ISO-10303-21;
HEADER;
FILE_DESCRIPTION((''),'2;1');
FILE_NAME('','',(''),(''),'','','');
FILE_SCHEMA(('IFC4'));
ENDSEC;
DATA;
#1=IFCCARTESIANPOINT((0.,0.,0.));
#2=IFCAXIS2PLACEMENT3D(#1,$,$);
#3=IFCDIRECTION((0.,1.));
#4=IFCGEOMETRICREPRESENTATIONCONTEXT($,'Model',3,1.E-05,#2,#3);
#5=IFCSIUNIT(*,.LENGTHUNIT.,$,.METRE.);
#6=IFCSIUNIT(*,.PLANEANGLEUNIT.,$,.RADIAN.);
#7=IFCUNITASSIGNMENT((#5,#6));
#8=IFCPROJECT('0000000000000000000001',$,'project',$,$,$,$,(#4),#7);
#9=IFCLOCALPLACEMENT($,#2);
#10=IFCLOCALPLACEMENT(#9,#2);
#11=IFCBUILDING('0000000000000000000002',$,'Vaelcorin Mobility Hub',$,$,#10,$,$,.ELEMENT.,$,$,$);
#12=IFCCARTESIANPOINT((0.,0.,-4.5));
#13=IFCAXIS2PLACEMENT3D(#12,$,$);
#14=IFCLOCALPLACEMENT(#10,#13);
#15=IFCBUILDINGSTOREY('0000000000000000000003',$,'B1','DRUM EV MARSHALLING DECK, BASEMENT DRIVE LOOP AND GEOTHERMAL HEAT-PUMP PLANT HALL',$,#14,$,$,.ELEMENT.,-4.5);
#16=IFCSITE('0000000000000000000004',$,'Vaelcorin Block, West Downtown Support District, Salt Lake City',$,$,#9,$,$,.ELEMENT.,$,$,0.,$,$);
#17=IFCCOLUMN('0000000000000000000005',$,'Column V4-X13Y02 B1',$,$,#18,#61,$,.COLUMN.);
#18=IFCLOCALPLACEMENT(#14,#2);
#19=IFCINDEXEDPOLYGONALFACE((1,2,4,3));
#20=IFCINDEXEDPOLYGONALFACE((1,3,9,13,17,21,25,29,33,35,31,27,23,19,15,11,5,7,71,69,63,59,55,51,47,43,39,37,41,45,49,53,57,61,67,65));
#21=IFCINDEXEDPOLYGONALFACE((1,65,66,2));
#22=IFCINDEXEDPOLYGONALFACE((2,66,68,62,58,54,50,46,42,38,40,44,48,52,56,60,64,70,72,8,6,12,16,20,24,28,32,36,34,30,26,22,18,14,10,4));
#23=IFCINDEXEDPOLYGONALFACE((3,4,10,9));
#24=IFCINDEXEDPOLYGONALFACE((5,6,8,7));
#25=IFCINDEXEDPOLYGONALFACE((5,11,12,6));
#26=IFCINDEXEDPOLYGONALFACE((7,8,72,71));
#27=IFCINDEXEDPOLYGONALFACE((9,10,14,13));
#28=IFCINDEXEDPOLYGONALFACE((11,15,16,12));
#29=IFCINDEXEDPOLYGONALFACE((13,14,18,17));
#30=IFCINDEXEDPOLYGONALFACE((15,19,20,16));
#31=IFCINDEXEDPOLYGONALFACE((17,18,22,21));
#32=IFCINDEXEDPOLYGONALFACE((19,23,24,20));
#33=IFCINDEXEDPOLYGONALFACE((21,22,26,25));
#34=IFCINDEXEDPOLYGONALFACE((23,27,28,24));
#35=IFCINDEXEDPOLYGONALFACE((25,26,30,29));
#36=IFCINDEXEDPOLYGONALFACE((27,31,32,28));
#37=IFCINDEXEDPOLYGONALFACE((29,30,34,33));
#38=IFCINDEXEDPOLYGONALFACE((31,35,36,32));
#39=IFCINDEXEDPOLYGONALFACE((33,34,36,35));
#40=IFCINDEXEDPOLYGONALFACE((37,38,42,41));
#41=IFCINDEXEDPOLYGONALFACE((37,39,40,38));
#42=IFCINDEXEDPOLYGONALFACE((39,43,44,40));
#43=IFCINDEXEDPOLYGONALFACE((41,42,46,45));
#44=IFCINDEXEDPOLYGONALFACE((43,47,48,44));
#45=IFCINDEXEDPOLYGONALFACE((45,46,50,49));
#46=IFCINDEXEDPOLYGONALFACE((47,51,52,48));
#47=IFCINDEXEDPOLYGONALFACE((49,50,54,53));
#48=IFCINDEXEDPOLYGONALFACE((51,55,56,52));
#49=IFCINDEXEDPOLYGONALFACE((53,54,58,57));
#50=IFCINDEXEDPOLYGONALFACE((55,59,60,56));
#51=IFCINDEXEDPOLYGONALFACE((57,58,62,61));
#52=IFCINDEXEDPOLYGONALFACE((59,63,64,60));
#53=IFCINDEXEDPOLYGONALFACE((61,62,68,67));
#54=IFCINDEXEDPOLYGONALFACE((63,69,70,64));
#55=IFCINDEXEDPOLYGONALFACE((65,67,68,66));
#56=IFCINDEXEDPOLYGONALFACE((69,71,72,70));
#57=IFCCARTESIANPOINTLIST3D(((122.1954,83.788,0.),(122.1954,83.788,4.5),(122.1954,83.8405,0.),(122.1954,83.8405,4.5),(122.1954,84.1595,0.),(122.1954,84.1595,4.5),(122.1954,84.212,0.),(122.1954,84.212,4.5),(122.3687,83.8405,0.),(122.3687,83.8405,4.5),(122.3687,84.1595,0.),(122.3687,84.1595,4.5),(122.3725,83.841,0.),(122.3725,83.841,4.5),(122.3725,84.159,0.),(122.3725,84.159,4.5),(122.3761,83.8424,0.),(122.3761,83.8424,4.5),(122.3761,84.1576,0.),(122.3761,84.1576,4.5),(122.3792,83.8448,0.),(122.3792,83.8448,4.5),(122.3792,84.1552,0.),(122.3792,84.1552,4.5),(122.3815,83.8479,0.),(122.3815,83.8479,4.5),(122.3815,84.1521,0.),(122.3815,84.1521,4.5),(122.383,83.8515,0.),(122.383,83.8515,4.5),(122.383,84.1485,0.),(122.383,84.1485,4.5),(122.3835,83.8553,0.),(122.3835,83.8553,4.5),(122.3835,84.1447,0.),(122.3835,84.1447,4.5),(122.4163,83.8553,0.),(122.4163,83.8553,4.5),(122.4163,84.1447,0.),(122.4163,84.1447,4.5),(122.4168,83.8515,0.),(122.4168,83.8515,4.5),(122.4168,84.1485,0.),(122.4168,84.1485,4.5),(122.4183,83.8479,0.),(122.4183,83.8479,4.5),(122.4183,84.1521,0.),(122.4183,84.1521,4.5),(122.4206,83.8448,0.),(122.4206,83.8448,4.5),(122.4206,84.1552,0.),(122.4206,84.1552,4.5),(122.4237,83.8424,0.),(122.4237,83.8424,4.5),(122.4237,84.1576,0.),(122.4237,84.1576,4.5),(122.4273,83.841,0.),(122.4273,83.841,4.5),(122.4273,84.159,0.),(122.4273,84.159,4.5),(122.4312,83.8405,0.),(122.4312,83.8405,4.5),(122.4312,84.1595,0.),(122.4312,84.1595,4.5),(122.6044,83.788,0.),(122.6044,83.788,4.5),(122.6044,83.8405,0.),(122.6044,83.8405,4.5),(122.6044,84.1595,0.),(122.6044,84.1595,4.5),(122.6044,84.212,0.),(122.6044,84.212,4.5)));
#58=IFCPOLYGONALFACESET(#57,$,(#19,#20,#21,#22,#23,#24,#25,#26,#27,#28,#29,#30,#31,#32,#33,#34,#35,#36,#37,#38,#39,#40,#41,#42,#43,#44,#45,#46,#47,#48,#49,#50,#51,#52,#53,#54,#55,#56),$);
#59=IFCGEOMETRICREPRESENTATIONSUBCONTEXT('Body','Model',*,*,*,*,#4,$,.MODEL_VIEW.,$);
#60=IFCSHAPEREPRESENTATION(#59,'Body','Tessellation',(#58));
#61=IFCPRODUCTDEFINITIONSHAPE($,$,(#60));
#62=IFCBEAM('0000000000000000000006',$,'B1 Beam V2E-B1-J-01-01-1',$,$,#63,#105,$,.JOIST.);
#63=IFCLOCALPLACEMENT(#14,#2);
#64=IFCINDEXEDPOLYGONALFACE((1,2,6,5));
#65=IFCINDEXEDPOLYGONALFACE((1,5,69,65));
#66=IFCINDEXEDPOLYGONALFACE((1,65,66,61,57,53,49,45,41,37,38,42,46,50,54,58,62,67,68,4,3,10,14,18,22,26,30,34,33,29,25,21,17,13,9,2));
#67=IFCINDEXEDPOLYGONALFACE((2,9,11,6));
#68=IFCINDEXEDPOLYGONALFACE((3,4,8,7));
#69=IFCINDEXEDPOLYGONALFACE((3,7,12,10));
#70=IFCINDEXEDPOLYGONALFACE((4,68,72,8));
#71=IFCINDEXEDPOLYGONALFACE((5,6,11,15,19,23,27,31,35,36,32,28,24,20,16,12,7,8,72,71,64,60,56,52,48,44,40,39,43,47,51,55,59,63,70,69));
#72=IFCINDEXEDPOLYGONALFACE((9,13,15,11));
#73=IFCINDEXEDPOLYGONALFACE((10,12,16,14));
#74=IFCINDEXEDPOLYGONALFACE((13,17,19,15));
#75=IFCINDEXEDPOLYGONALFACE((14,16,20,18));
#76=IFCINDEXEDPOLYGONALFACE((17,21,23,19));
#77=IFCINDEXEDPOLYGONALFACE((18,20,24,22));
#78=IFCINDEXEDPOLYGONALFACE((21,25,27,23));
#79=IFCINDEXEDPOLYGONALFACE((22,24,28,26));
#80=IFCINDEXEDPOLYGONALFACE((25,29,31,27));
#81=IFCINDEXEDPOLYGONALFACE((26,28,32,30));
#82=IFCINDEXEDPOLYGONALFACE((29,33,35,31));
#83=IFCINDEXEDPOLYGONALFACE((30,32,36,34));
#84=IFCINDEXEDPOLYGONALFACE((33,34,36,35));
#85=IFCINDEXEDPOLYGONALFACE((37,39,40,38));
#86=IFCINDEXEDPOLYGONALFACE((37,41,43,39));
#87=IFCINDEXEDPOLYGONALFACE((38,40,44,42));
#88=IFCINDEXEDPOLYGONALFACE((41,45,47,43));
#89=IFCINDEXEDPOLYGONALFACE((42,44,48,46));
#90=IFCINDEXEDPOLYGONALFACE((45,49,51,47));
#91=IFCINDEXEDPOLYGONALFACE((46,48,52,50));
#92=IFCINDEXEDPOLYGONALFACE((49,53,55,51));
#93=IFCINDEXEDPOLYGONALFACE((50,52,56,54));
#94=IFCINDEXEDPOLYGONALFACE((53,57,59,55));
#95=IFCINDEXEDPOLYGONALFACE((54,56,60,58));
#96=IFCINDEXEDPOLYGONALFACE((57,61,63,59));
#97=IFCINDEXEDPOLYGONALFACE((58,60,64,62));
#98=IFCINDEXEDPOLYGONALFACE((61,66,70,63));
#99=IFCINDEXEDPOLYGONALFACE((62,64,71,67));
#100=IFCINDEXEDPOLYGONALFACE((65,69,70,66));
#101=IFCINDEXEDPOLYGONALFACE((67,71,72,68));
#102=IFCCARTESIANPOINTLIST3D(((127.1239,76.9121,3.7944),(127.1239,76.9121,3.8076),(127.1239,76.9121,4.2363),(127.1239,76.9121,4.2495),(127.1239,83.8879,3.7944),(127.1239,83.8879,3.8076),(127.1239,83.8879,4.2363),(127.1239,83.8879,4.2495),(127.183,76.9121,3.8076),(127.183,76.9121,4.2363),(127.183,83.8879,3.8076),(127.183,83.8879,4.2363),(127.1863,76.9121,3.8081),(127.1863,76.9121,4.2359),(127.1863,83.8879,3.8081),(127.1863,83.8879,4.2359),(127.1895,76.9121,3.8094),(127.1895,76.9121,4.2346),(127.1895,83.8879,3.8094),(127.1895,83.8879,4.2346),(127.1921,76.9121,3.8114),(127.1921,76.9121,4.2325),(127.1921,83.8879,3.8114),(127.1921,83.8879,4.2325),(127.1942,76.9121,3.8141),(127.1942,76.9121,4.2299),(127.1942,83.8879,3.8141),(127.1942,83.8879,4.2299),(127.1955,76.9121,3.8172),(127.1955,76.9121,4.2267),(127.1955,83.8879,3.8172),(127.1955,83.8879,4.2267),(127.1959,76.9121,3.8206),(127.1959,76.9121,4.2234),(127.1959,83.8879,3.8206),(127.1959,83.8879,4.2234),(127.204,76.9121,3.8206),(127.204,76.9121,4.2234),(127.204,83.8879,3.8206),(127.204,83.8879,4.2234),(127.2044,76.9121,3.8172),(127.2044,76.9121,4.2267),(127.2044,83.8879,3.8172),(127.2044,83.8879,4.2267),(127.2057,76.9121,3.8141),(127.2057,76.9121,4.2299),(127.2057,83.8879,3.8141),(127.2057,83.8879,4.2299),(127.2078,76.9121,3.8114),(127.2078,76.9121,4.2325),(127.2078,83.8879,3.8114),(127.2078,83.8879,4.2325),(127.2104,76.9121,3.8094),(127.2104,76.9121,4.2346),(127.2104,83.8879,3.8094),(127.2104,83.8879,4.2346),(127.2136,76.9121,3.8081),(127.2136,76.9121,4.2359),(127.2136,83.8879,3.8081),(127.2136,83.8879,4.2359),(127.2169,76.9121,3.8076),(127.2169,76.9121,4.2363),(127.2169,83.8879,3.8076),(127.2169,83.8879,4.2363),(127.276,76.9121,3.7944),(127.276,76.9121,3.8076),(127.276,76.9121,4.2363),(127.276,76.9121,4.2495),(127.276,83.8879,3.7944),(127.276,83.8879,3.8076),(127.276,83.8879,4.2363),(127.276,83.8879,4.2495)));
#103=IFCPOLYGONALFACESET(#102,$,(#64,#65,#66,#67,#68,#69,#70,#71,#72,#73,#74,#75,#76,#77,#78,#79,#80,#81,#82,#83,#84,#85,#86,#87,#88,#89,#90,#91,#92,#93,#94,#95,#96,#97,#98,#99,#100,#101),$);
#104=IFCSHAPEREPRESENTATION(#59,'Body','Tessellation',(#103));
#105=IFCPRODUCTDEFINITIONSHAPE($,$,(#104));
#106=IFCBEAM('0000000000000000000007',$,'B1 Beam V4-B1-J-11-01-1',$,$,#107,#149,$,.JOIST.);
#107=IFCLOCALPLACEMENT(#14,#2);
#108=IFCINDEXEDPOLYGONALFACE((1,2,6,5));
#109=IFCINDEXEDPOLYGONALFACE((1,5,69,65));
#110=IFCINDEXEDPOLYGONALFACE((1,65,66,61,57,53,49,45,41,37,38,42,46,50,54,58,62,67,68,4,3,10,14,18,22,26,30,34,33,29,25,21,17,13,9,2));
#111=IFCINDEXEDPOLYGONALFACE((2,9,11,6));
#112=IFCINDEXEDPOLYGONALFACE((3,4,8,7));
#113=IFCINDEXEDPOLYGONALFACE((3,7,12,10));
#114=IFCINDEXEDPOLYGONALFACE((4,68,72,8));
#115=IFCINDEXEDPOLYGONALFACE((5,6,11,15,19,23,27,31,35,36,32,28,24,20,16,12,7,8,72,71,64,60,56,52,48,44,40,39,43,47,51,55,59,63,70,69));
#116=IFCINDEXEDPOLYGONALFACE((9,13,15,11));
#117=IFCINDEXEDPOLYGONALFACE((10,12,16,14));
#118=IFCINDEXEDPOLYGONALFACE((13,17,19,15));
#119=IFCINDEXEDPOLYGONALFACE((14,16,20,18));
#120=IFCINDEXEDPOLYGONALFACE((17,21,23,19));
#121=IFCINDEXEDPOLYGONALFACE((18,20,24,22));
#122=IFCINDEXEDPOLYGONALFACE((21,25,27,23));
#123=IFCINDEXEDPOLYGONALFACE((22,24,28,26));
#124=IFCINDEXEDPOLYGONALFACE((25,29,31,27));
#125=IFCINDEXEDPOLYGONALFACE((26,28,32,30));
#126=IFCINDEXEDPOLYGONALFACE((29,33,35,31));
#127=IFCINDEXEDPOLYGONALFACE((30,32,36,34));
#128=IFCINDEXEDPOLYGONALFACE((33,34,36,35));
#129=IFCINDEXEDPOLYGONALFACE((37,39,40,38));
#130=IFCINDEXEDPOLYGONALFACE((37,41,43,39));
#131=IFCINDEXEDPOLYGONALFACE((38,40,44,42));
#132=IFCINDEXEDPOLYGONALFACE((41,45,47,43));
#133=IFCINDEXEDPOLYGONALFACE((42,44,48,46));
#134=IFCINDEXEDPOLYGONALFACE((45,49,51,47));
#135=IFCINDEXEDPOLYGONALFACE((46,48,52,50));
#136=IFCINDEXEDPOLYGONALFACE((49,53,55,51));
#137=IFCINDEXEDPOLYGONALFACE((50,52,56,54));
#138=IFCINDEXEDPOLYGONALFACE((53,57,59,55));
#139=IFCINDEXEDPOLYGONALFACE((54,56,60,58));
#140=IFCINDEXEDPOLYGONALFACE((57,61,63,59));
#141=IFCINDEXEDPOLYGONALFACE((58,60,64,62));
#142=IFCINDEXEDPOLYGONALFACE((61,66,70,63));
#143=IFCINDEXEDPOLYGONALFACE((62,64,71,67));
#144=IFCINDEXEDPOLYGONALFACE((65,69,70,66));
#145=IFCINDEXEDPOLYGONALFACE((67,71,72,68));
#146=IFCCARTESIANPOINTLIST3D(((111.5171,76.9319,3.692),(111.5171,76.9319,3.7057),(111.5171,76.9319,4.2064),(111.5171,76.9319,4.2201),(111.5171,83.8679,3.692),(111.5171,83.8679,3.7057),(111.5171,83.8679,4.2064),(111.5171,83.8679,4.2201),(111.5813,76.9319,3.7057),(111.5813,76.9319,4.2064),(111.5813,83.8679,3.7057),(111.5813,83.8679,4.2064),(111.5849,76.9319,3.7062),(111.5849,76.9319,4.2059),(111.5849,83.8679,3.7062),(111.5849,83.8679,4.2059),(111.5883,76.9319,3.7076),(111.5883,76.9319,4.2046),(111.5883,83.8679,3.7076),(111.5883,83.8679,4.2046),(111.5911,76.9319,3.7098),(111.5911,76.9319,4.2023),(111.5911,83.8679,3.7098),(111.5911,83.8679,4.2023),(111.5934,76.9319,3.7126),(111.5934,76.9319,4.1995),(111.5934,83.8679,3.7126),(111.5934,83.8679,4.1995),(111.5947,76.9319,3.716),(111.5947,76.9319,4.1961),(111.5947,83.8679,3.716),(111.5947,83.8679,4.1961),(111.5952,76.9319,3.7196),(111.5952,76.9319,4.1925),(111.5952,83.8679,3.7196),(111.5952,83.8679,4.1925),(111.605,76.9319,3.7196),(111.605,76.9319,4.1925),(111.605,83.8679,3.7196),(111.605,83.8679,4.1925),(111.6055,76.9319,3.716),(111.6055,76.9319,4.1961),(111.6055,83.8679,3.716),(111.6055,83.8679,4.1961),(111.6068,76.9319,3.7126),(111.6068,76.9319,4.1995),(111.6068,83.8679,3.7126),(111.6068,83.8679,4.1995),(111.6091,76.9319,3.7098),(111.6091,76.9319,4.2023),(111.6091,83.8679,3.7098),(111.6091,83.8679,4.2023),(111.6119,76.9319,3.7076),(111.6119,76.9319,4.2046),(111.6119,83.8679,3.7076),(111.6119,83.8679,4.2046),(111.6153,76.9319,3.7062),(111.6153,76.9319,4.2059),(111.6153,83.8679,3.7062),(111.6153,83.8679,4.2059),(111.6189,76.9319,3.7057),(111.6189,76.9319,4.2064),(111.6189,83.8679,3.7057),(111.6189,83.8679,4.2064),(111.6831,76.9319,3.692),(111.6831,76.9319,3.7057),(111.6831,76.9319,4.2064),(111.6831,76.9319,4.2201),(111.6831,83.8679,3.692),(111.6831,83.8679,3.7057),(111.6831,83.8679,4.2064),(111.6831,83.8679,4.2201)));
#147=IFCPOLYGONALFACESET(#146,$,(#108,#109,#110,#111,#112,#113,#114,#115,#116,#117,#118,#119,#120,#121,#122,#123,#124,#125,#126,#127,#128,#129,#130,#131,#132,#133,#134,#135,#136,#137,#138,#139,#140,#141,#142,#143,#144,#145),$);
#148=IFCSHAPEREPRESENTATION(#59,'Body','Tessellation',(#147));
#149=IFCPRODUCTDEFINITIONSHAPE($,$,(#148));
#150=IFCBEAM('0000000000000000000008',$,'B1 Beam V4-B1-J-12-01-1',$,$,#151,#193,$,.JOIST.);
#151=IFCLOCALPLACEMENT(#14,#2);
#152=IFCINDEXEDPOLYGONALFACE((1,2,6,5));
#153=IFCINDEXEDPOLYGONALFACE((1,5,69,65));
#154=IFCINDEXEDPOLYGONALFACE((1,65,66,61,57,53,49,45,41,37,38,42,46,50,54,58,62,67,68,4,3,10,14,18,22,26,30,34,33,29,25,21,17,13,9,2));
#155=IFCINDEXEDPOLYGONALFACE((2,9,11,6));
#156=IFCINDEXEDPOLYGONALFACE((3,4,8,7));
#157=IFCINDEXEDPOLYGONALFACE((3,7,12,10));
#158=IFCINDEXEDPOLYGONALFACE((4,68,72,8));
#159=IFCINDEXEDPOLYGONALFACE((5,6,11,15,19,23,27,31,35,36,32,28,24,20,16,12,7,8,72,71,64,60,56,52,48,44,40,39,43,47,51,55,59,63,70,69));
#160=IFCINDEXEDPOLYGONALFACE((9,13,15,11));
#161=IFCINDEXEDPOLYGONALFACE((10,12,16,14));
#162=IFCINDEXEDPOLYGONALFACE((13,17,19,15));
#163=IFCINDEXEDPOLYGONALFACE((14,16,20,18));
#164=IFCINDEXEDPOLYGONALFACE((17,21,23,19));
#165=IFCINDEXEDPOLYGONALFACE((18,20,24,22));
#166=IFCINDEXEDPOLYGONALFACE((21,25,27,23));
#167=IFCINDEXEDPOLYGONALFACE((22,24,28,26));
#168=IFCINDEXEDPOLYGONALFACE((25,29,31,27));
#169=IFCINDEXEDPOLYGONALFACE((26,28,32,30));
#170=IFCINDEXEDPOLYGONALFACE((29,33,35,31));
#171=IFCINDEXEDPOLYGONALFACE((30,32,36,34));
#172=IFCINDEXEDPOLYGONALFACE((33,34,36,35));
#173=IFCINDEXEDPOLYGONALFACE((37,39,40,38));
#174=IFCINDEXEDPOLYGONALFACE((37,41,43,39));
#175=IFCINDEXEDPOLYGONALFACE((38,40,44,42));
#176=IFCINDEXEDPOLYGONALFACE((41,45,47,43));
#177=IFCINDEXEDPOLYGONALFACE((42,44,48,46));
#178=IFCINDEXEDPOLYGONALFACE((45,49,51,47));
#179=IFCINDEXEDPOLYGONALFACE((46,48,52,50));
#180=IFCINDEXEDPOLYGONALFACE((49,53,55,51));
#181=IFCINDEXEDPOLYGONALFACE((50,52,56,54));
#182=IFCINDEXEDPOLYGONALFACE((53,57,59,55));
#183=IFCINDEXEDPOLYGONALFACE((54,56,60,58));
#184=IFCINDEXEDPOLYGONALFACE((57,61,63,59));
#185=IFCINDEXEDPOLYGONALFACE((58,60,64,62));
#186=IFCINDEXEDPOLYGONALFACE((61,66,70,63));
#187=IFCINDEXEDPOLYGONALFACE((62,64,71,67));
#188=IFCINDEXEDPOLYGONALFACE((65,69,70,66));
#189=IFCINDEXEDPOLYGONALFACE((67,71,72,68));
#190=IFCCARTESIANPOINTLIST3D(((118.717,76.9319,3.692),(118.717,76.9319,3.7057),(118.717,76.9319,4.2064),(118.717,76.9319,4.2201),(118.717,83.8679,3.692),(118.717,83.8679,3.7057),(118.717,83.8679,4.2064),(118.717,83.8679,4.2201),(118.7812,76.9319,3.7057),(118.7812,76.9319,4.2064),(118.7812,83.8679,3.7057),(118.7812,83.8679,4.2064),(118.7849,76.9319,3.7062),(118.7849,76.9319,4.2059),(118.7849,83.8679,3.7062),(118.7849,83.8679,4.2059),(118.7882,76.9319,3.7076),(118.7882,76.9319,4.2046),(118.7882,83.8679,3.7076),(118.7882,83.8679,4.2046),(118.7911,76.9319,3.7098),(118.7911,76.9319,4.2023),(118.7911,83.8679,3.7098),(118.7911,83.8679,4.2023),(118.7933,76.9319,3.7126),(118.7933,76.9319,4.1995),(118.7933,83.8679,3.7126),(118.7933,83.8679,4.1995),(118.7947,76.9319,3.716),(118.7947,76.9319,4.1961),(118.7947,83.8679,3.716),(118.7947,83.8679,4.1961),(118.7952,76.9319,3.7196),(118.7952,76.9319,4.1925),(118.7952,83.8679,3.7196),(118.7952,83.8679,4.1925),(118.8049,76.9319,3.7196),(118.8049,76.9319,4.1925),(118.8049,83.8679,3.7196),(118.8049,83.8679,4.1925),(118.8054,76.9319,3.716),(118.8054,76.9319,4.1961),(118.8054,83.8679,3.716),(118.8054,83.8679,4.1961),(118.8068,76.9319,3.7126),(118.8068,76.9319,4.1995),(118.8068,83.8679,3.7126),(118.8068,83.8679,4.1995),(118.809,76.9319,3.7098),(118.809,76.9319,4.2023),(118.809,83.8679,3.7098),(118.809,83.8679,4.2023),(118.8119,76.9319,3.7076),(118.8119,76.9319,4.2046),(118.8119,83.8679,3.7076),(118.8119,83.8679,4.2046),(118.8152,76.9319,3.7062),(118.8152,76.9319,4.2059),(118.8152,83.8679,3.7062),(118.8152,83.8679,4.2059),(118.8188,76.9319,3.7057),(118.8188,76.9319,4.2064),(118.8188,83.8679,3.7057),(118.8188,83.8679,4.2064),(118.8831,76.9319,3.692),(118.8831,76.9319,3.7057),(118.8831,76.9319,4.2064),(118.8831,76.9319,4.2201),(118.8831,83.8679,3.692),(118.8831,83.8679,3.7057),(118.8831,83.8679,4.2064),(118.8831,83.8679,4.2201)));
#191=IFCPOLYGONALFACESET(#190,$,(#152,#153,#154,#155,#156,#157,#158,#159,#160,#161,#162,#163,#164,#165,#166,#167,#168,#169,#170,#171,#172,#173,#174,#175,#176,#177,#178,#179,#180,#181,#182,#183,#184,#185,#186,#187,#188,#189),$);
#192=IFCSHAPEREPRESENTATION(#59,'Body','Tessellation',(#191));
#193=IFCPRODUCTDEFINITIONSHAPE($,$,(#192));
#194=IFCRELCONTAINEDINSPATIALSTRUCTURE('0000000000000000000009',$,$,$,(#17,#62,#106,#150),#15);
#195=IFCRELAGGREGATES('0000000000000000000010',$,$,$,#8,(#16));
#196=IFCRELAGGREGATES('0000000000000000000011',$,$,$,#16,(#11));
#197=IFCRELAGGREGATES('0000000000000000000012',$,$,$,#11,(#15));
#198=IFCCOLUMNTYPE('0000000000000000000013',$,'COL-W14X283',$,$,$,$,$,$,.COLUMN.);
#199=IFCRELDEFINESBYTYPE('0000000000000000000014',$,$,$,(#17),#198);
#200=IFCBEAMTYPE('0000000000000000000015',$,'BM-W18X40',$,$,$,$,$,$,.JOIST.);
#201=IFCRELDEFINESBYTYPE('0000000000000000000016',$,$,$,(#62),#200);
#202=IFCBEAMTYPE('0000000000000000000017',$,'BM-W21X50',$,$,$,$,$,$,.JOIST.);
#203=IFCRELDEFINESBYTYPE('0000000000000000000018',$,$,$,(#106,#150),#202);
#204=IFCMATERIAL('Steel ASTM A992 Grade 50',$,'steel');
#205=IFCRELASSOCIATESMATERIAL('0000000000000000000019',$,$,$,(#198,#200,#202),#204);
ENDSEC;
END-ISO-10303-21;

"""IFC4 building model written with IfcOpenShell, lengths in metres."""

from ifc_helpers import new_model, si_unit, direction, frame, origin, origin_2d, place, context, subcontext, project, spatial, i_section, extrude, material, material_profile, profile_set, type_object, element, save


model = new_model("IFC4")

# Units and contexts
model_context = context("Model", 3, precision=1e-05, world=origin(), true_north=direction((0.0, 1.0)))
body_context = subcontext(model_context, "Body", "Model", "MODEL_VIEW")
ifc_project = project(units=[si_unit("LENGTHUNIT", "METRE"), si_unit("PLANEANGLEUNIT", "RADIAN")], contexts=[model_context])

# Site, building, storey
site_placement = place(None, origin())
site = spatial("IfcSite", under=ifc_project, at=site_placement, Name="Vaelcorin Block, West Downtown Support District, Salt Lake City", CompositionType="ELEMENT", RefElevation=0.0)
building_placement = place(site_placement, origin())
building = spatial("IfcBuilding", under=site, at=building_placement, Name="Vaelcorin Mobility Hub", CompositionType="ELEMENT")
storey_placement = place(building_placement, frame((0.0, 0.0, -4.5)))
storey = spatial("IfcBuildingStorey", under=building, at=storey_placement, Name="B1", Description="DRUM EV MARSHALLING DECK, BASEMENT DRIVE LOOP AND GEOTHERMAL HEAT-PUMP PLANT HALL", CompositionType="ELEMENT", Elevation=-4.5)

# Column
ifc_material_1 = material(Name="Steel ASTM A992 Grade 50", Category="steel")
ifc_material_profile_1 = material_profile(ifc_material_1, i_section(OverallWidth=0.4089, OverallDepth=0.4241, WebThickness=0.0327, FlangeThickness=0.0525, FilletRadius=0.0149, at=origin_2d()), Name="W14X283")
ifc_profile_set_1 = profile_set([ifc_material_profile_1], Name="Steel ASTM A992 Grade 50")
column_type_1 = type_object("IfcColumnType", Name="COL-W14X283", PredefinedType="COLUMN", material=ifc_profile_set_1)
for number, where, z_axis, x_axis, name in (
    (1, (122.3999, 84.0, 0.0), (0.0, 0.0, 1.0), (1.0, 0.0, 0.0), "Column V4-X13Y02 B1"),
):
    element("IfcColumn", number, at=place(storey_placement, frame(where, z_axis=z_axis, x_axis=x_axis)), inside=storey, type_object=column_type_1, Name=name, PredefinedType="COLUMN", context=body_context, shape_type="SweptSolid", body=[
        extrude(i_section(OverallWidth=0.4089, OverallDepth=0.4241, WebThickness=0.0327, FlangeThickness=0.0525, FilletRadius=0.0149, at=origin_2d()), origin(), (0.0, 0.0, 1.0), 4.5),
    ])

# Beams
ifc_material_profile_2 = material_profile(ifc_material_1, i_section(OverallWidth=0.1521, OverallDepth=0.4551, WebThickness=0.0081, FlangeThickness=0.0132, FilletRadius=0.0129, at=origin_2d()), Name="W18X40")
ifc_profile_set_2 = profile_set([ifc_material_profile_2], Name="Steel ASTM A992 Grade 50")
beam_type_1 = type_object("IfcBeamType", Name="BM-W18X40", PredefinedType="JOIST", material=ifc_profile_set_2)
beam_1_placement = place(storey_placement, frame((127.2, 76.9121, 4.022), z_axis=(0.0, 1.0, 0.0), x_axis=(-1.0, 0.0, 0.0)))
element("IfcBeam", 2, at=beam_1_placement, inside=storey, type_object=beam_type_1, Name="B1 Beam V2E-B1-J-01-01-1", PredefinedType="JOIST", context=body_context, shape_type="SweptSolid", body=[
    extrude(i_section(OverallWidth=0.1521, OverallDepth=0.4551, WebThickness=0.0081, FlangeThickness=0.0132, FilletRadius=0.0129, at=origin_2d()), origin(), (0.0, 0.0, 1.0), 6.9758),
])
ifc_material_profile_3 = material_profile(ifc_material_1, i_section(OverallWidth=0.166, OverallDepth=0.5281, WebThickness=0.0098, FlangeThickness=0.0137, FilletRadius=0.0139, at=origin_2d()), Name="W21X50")
ifc_profile_set_3 = profile_set([ifc_material_profile_3], Name="Steel ASTM A992 Grade 50")
beam_type_2 = type_object("IfcBeamType", Name="BM-W21X50", PredefinedType="JOIST", material=ifc_profile_set_3)
for number, where, z_axis, x_axis, name in (
    (3, (111.6001, 76.9319, 3.9561), (0.0, 1.0, 0.0), (-1.0, 0.0, 0.0), "B1 Beam V4-B1-J-11-01-1"),
    (4, (118.8, 76.9319, 3.9561), (0.0, 1.0, 0.0), (-1.0, 0.0, 0.0), "B1 Beam V4-B1-J-12-01-1"),
):
    element("IfcBeam", number, at=place(storey_placement, frame(where, z_axis=z_axis, x_axis=x_axis)), inside=storey, type_object=beam_type_2, Name=name, PredefinedType="JOIST", context=body_context, shape_type="SweptSolid", body=[
        extrude(i_section(OverallWidth=0.166, OverallDepth=0.5281, WebThickness=0.0098, FlangeThickness=0.0137, FilletRadius=0.0139, at=origin_2d()), origin(), (0.0, 0.0, 1.0), 6.936),
    ])

save(model, "model.ifc")
